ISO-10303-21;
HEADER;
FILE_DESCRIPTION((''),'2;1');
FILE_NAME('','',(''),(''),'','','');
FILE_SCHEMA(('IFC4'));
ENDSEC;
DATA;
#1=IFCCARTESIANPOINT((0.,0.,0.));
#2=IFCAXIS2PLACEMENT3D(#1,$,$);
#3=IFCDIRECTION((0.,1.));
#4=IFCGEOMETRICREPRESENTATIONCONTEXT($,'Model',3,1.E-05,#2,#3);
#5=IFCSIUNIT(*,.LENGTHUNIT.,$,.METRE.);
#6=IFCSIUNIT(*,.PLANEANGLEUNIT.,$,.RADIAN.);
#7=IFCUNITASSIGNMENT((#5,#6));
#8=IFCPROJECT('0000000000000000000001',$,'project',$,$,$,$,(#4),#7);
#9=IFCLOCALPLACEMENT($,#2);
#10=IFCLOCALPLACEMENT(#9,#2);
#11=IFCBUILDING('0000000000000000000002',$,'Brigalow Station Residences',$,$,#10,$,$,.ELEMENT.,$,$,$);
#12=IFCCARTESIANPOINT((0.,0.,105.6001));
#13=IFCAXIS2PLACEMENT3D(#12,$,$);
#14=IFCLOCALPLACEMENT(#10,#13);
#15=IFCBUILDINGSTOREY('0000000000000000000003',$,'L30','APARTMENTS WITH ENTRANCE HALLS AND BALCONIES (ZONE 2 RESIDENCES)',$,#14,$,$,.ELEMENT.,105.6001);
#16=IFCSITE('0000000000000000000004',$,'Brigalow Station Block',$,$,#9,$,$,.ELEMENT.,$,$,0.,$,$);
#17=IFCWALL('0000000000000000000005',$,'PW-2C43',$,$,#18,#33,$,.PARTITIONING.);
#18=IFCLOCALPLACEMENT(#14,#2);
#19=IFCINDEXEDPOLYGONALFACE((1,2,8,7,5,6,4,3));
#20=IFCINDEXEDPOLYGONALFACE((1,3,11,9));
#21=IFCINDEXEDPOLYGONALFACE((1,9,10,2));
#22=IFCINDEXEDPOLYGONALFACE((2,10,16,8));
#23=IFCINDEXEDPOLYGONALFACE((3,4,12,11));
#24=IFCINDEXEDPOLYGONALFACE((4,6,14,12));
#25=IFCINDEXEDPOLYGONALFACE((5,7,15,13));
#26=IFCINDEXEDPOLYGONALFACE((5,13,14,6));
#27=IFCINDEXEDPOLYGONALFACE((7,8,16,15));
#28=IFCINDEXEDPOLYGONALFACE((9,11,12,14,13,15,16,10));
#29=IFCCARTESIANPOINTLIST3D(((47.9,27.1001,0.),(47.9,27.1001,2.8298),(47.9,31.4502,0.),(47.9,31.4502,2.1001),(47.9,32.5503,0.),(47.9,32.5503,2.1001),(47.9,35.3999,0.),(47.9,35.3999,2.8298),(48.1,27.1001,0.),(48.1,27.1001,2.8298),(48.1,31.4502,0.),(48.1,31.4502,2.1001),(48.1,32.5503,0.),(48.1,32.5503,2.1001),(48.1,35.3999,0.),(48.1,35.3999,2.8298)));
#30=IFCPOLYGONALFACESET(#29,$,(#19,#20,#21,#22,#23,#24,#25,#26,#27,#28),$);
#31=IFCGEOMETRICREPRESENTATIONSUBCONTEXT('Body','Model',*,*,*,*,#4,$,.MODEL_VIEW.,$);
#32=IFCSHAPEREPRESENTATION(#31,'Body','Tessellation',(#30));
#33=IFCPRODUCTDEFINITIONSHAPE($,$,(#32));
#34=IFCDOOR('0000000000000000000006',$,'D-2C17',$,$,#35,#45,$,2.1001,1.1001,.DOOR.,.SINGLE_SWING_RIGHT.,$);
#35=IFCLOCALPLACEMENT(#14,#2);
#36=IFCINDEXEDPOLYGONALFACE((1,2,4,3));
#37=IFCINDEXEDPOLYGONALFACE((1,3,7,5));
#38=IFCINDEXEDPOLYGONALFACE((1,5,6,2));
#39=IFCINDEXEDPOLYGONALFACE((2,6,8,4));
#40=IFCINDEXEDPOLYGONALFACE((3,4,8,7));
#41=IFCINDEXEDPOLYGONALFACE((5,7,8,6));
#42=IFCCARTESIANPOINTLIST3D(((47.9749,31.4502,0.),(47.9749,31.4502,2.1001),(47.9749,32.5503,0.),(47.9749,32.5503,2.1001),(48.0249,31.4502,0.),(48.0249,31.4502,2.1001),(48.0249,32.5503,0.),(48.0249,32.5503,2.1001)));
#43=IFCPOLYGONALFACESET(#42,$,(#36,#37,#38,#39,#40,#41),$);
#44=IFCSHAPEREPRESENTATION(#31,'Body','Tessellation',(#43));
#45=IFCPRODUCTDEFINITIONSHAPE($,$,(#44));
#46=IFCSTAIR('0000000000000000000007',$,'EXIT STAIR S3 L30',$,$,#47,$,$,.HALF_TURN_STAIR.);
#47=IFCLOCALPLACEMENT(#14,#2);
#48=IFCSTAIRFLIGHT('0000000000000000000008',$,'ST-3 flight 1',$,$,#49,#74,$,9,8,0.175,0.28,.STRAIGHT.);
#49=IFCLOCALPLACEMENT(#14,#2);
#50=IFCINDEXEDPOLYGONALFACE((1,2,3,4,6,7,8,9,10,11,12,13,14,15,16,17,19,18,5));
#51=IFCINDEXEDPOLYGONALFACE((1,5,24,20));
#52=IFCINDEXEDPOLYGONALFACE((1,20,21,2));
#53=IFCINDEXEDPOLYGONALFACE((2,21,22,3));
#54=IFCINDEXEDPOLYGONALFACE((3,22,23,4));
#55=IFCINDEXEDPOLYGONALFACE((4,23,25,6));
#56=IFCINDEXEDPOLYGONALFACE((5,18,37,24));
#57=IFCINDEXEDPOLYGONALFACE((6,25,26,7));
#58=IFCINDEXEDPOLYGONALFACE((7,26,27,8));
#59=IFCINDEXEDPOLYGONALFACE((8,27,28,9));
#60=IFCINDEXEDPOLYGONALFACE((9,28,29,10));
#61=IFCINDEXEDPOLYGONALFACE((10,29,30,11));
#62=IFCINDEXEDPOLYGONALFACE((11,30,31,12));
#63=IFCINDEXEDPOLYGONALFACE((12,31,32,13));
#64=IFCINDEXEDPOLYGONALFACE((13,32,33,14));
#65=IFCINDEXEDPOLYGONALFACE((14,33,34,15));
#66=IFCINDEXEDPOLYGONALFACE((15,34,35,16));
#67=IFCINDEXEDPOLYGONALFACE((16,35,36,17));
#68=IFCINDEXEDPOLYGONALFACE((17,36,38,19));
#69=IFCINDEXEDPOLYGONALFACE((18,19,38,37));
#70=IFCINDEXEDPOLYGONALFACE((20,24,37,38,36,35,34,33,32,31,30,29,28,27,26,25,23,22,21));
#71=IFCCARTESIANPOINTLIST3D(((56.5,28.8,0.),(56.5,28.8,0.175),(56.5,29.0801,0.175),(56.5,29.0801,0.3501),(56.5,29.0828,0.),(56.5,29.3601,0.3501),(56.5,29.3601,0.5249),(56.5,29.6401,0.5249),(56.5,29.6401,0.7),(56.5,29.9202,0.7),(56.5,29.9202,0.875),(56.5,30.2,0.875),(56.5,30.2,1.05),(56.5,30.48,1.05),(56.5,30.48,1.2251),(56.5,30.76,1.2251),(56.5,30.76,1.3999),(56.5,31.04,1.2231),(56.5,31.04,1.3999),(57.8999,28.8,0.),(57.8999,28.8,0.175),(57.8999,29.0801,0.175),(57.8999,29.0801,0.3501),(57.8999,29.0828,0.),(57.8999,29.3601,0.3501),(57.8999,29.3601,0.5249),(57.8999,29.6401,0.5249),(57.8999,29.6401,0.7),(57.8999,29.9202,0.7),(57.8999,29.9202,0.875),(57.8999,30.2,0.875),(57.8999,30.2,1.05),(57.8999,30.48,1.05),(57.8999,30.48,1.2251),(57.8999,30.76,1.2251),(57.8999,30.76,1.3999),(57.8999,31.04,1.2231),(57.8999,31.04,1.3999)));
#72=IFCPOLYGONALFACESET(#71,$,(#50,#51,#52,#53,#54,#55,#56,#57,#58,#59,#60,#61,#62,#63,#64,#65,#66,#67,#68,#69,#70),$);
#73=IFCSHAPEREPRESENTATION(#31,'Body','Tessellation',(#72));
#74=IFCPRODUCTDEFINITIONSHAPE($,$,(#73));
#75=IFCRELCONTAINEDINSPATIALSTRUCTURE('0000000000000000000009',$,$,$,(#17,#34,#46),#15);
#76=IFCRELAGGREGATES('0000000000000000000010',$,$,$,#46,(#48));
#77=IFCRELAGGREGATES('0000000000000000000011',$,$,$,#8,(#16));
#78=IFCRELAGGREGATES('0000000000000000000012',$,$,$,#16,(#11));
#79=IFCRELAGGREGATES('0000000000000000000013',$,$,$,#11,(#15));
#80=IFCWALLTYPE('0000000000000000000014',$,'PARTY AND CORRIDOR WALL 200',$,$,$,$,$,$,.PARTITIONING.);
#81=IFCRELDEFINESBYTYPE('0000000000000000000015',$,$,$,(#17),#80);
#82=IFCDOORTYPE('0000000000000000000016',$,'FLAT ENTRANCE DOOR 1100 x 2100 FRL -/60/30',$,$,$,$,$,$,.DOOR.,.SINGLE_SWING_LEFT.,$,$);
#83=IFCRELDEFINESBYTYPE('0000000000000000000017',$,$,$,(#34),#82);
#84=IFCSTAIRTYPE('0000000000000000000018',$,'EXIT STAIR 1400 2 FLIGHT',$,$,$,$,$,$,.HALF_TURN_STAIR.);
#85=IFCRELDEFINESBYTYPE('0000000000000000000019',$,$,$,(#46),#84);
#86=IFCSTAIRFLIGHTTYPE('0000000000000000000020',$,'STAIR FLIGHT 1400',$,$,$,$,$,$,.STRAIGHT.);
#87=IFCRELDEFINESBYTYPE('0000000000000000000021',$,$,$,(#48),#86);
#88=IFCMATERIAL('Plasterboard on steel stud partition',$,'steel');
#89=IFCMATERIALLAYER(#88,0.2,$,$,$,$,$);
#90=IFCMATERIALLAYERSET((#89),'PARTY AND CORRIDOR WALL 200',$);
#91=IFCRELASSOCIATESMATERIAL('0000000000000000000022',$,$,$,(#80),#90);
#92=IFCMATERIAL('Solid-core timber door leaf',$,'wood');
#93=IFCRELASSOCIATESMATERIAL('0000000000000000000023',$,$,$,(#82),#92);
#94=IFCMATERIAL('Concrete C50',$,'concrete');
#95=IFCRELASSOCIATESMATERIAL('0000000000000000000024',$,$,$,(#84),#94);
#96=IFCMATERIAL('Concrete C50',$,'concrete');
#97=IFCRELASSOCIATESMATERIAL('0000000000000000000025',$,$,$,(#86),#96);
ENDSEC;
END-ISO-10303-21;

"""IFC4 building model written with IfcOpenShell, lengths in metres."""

from ifc_helpers import new_model, si_unit, direction, frame, frame_2d, origin, place, context, subcontext, project, spatial, polyline, rectangle, outline, extrude, material, layer, layer_set, type_object, element, fill, aggregate, save


model = new_model("IFC4")

# Units and contexts
model_context = context("Model", 3, precision=1e-05, world=origin(), true_north=direction((0.0, 1.0)))
body_context = subcontext(model_context, "Body", "Model", "MODEL_VIEW")
ifc_project = project(units=[si_unit("LENGTHUNIT", "METRE"), si_unit("PLANEANGLEUNIT", "RADIAN")], contexts=[model_context])

# Site, building, storey
site_placement = place(None, origin())
site = spatial("IfcSite", under=ifc_project, at=site_placement, Name="Brigalow Station Block", CompositionType="ELEMENT", RefElevation=0.0)
building_placement = place(site_placement, origin())
building = spatial("IfcBuilding", under=site, at=building_placement, Name="Brigalow Station Residences", CompositionType="ELEMENT")
storey_placement = place(building_placement, frame((0.0, 0.0, 105.6001)))
storey = spatial("IfcBuildingStorey", under=building, at=storey_placement, Name="L30", Description="APARTMENTS WITH ENTRANCE HALLS AND BALCONIES (ZONE 2 RESIDENCES)", CompositionType="ELEMENT", Elevation=105.6001)

# Shared definitions
ifc_material_1 = material(Name="Plasterboard on steel stud partition", Category="steel")
ifc_layer_1 = layer(ifc_material_1, 0.2)
ifc_layer_set_1 = layer_set([ifc_layer_1], Name="PARTY AND CORRIDOR WALL 200")
wall_type_1 = type_object("IfcWallType", Name="PARTY AND CORRIDOR WALL 200", PredefinedType="PARTITIONING", material=ifc_layer_set_1)

# Wall, opening, door
wall_1_placement = place(storey_placement, frame((48.0, 27.1001, 0.0), z_axis=(0.0, 0.0, 1.0), x_axis=(0.0, 1.0, 0.0)))
wall_1 = element("IfcWall", 1, at=wall_1_placement, inside=storey, type_object=wall_type_1, Name="PW-2C43", PredefinedType="PARTITIONING", context=body_context, shape_type="SweptSolid", body=[
    extrude(rectangle(XDim=8.2998, YDim=0.2, at=frame_2d((4.1499, 0.0))), origin(), (0.0, 0.0, 1.0), 2.8298),
])
opening_1_placement = place(wall_1_placement, frame((4.3501, 0.0, 0.0)))
opening_1 = element("IfcOpeningElement", 2, at=opening_1_placement, cuts=wall_1, PredefinedType="OPENING", context=body_context, shape_type="SweptSolid", body=[
    extrude(rectangle(XDim=1.1001, YDim=2.1001, at=frame_2d((0.55, 1.05))), frame((0.0, 0.1099, 0.0), z_axis=(0.0, -1.0, 0.0), x_axis=(1.0, 0.0, 0.0)), (0.0, 0.0, 1.0), 0.22),
])
ifc_material_2 = material(Name="Solid-core timber door leaf", Category="wood")
door_type_1 = type_object("IfcDoorType", Name="FLAT ENTRANCE DOOR 1100 x 2100 FRL -/60/30", OperationType="SINGLE_SWING_LEFT", PredefinedType="DOOR", material=ifc_material_2)
door_1_placement = place(opening_1_placement, frame((1.1001, 0.0, 0.0), z_axis=(0.0, 0.0, 1.0), x_axis=(-1.0, 0.0, 0.0)))
door_1 = element("IfcDoor", 3, at=door_1_placement, inside=storey, type_object=door_type_1, Name="D-2C17", OperationType="SINGLE_SWING_RIGHT", OverallHeight=2.1001, OverallWidth=1.1001, PredefinedType="DOOR", context=body_context, shape_type="SweptSolid", body=[
    extrude(rectangle(XDim=1.1001, YDim=2.1001, at=frame_2d((0.55, 1.05))), frame((0.0, 0.0249, 0.0), z_axis=(0.0, -1.0, 0.0), x_axis=(1.0, 0.0, 0.0)), (0.0, 0.0, 1.0), 0.05),
])
fill(opening_1, door_1)

# Stair, stair flight
ifc_material_3 = material(Name="Concrete C50", Category="concrete")
stair_type = type_object("IfcStairType", Name="EXIT STAIR 1400 2 FLIGHT", PredefinedType="HALF_TURN_STAIR", material=ifc_material_3)
stair_placement = place(storey_placement, origin())
stair = element("IfcStair", 4, at=stair_placement, inside=storey, type_object=stair_type, Name="EXIT STAIR S3 L30", PredefinedType="HALF_TURN_STAIR")
ifc_material_4 = material(Name="Concrete C50", Category="concrete")
stair_flight_type = type_object("IfcStairFlightType", Name="STAIR FLIGHT 1400", PredefinedType="STRAIGHT", material=ifc_material_4)
stair_flight_placement = place(storey_placement, frame((57.2, 28.8, 0.0), z_axis=(0.0, 0.0, 1.0), x_axis=(0.0, 1.0, 0.0)))
stair_flight = element("IfcStairFlight", 5, at=stair_flight_placement, type_object=stair_flight_type, Name="ST-3 flight 1", NumberOfRisers=9, NumberOfTreads=8, PredefinedType="STRAIGHT", RiserHeight=0.175, TreadLength=0.28, context=body_context, shape_type="SweptSolid", body=[
    extrude(outline(polyline([(0.0, 0.0), (0.0, 0.175), (0.28, 0.175), (0.28, 0.3501), (0.5601, 0.3501), (0.5601, 0.5249), (0.8401, 0.5249), (0.8401, 0.7), (1.1201, 0.7), (1.1201, 0.875), (1.3999, 0.875), (1.3999, 1.05), (1.6799, 1.05), (1.6799, 1.2251), (1.96, 1.2251), (1.96, 1.3999), (2.24, 1.3999), (2.24, 1.575), (2.24, 1.2231), (0.2827, 0.0), (0.0, 0.0)])), frame((0.0, 0.7, 0.0), z_axis=(0.0, -1.0, 0.0), x_axis=(1.0, 0.0, 0.0)), (0.0, 0.0, 1.0), 1.3999),
])
aggregate(stair, [stair_flight])

save(model, "model.ifc")
